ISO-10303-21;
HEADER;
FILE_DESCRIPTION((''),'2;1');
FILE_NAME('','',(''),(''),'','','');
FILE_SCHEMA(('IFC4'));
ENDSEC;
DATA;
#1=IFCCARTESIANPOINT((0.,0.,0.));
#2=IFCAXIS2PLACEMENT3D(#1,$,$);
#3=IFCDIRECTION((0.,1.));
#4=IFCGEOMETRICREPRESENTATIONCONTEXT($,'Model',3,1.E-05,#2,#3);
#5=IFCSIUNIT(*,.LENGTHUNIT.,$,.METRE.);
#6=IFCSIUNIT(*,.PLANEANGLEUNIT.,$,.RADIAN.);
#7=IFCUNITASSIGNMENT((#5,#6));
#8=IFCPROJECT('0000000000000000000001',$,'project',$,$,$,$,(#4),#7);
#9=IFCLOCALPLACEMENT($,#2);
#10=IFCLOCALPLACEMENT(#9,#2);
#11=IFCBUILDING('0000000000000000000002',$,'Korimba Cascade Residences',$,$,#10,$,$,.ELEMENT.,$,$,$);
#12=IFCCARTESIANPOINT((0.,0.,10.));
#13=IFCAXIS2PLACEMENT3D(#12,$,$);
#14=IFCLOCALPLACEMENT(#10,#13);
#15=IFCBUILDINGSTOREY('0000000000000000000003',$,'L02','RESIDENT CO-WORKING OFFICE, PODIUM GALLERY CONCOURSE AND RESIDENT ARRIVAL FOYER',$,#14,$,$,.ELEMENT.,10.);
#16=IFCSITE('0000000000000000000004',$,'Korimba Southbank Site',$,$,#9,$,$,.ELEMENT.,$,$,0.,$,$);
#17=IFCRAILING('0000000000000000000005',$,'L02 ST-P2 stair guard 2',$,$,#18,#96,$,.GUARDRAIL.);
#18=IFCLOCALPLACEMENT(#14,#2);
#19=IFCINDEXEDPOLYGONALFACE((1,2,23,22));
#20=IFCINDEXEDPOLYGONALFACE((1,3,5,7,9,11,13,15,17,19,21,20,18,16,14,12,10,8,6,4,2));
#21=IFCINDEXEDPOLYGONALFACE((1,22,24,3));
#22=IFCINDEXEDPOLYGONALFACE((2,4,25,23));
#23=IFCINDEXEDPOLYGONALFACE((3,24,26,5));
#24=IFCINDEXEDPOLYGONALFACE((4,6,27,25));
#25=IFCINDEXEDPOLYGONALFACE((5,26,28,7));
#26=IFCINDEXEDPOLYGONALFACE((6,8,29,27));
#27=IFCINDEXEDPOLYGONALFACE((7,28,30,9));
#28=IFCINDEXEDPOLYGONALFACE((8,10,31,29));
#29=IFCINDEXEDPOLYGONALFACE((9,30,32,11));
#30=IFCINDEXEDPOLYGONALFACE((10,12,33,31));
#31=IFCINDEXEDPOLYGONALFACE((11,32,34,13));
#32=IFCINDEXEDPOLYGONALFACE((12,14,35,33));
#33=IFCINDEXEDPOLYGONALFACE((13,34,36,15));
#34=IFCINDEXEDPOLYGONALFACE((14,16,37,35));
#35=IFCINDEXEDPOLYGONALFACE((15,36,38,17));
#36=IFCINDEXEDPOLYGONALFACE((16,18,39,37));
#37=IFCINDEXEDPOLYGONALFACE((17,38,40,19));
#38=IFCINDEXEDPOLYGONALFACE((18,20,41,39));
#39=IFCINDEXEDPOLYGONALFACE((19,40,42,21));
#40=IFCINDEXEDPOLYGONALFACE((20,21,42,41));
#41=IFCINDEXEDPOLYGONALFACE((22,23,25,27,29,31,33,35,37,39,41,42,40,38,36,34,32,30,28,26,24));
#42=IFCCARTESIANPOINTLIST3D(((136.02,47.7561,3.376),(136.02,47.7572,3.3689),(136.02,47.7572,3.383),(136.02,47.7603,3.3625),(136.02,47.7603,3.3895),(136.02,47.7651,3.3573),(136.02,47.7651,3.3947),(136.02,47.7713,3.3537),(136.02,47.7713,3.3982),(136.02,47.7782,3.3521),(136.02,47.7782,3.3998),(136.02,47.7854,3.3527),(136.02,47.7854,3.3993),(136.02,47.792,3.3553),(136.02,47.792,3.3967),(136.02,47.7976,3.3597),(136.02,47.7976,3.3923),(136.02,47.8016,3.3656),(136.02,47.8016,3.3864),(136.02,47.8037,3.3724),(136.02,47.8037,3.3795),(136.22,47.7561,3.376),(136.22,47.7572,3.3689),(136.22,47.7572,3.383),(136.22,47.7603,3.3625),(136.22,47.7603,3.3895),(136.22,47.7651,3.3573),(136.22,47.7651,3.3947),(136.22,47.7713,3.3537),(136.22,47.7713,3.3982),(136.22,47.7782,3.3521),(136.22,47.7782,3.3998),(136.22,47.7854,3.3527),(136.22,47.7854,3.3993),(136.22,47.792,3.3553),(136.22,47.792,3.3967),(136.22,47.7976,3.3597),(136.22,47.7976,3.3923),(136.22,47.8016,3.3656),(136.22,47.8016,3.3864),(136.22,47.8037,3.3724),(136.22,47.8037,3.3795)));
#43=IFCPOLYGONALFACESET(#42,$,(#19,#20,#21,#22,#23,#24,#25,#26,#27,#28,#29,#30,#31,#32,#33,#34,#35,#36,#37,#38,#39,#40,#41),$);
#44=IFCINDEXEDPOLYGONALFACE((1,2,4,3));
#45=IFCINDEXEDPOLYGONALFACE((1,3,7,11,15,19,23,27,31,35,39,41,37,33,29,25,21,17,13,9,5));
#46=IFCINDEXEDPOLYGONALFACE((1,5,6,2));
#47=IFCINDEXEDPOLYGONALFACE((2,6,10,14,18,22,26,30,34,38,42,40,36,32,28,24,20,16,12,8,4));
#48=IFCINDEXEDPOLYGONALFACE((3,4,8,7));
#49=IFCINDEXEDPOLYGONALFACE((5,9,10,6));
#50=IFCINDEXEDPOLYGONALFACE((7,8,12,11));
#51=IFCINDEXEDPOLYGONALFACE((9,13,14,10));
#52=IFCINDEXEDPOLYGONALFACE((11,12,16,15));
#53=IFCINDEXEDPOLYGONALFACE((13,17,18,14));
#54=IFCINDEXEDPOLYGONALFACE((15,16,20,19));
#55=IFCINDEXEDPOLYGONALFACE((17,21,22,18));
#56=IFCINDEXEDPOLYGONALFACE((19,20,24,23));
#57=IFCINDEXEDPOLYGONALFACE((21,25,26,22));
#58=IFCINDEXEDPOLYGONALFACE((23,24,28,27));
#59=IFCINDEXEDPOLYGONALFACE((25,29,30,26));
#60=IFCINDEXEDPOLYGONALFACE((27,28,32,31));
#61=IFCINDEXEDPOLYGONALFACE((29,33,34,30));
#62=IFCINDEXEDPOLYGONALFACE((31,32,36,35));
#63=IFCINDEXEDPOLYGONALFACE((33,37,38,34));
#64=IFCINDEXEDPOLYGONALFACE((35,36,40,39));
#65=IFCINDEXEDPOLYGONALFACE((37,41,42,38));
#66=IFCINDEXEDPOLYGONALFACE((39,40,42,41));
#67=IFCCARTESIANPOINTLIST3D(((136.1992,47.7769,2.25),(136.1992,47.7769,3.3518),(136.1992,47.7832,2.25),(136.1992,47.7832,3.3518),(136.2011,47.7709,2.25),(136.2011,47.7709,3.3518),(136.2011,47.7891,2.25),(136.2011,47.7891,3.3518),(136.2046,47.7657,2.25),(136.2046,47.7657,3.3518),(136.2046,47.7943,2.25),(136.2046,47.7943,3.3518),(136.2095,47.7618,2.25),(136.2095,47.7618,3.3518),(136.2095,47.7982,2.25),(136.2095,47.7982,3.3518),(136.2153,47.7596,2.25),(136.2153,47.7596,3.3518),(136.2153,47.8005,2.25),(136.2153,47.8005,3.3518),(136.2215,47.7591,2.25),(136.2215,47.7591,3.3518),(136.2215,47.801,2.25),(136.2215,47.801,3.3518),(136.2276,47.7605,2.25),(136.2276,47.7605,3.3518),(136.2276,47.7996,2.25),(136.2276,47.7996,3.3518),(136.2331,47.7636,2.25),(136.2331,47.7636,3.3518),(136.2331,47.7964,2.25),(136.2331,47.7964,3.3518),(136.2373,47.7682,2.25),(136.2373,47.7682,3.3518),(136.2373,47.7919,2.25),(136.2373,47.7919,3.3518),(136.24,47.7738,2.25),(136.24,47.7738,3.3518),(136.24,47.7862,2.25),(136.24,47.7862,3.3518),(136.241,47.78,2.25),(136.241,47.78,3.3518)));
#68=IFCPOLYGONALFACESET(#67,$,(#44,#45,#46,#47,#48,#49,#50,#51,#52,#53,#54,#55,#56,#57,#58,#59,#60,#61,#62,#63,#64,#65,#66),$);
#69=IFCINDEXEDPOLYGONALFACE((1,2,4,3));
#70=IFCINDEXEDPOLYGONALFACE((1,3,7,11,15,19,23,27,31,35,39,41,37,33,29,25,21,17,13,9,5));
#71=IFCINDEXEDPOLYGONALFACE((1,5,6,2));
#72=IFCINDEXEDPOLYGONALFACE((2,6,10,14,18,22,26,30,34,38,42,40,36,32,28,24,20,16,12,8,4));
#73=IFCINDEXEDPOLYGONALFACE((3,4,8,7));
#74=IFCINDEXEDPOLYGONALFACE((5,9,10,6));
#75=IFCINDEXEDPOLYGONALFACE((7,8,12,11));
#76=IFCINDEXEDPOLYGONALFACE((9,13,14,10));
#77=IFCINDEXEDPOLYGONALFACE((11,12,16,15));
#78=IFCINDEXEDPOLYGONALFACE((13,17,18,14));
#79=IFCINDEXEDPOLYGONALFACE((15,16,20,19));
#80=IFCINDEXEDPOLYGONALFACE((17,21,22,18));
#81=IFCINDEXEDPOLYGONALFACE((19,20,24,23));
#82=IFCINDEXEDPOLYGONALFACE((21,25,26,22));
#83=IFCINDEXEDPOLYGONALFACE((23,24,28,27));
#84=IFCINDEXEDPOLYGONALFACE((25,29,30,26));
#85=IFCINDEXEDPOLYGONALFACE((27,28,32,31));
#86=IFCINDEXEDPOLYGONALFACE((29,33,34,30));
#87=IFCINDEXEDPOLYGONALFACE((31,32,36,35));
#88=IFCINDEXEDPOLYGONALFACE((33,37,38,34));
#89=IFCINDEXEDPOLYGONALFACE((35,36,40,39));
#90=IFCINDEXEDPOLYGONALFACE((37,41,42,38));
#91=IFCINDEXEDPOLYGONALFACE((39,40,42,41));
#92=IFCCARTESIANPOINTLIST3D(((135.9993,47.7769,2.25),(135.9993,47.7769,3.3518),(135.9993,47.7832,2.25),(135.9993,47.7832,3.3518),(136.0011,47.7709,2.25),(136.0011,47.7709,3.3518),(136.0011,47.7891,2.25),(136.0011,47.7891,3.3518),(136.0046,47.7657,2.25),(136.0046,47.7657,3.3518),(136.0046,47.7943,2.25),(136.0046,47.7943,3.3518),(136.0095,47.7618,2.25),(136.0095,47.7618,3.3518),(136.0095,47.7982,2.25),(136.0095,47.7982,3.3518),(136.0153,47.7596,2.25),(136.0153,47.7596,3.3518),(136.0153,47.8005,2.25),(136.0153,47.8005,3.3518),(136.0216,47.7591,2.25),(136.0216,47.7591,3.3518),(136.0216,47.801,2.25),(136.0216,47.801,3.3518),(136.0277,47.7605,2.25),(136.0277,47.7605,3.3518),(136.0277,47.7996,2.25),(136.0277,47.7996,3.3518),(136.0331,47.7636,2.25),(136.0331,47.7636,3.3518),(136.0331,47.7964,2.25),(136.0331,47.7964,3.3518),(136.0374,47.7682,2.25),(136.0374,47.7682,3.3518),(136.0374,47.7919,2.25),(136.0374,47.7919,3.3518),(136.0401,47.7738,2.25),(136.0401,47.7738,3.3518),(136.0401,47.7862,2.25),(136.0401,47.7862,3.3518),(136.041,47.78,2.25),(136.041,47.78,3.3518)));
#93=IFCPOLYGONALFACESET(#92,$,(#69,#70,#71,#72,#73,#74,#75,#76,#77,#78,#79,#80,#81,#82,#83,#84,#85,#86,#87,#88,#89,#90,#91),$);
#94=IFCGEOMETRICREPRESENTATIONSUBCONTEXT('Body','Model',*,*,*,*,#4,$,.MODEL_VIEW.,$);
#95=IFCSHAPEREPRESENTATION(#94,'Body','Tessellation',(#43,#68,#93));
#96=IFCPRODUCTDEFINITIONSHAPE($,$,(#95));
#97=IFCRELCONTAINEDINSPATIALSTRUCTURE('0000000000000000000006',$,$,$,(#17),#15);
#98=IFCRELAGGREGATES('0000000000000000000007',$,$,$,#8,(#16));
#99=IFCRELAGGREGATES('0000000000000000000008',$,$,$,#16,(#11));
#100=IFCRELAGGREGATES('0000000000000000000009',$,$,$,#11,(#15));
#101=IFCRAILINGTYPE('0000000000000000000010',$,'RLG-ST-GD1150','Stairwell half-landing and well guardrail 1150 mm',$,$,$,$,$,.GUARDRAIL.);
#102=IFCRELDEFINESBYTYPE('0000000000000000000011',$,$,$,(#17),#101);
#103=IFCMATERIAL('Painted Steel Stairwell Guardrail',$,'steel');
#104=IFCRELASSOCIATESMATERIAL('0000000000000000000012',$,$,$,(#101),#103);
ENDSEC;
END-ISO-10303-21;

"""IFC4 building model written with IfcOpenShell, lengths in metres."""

from ifc_helpers import new_model, si_unit, direction, frame, origin, origin_2d, place, context, subcontext, project, spatial, circle, extrude, material, type_object, element, save


model = new_model("IFC4")

# Units and contexts
model_context = context("Model", 3, precision=1e-05, world=origin(), true_north=direction((0.0, 1.0)))
body_context = subcontext(model_context, "Body", "Model", "MODEL_VIEW")
ifc_project = project(units=[si_unit("LENGTHUNIT", "METRE"), si_unit("PLANEANGLEUNIT", "RADIAN")], contexts=[model_context])

# Site, building, storey
site_placement = place(None, origin())
site = spatial("IfcSite", under=ifc_project, at=site_placement, Name="Korimba Southbank Site", CompositionType="ELEMENT", RefElevation=0.0)
building_placement = place(site_placement, origin())
building = spatial("IfcBuilding", under=site, at=building_placement, Name="Korimba Cascade Residences", CompositionType="ELEMENT")
storey_placement = place(building_placement, frame((0.0, 0.0, 10.0)))
storey = spatial("IfcBuildingStorey", under=building, at=storey_placement, Name="L02", Description="RESIDENT CO-WORKING OFFICE, PODIUM GALLERY CONCOURSE AND RESIDENT ARRIVAL FOYER", CompositionType="ELEMENT", Elevation=10.0)

# Railing
ifc_material_1 = material(Name="Painted Steel Stairwell Guardrail", Category="steel")
railing_type_1 = type_object("IfcRailingType", Name="RLG-ST-GD1150", Description="Stairwell half-landing and well guardrail 1150 mm", PredefinedType="GUARDRAIL", material=ifc_material_1)
railing_1_placement = place(storey_placement, frame((136.22, 47.78, 2.25)))
element("IfcRailing", 1, at=railing_1_placement, inside=storey, type_object=railing_type_1, Name="L02 ST-P2 stair guard 2", PredefinedType="GUARDRAIL", context=body_context, shape_type="SweptSolid", body=[
    extrude(circle(Radius=0.0239, at=origin_2d()), frame((0.0, 0.0, 1.126), z_axis=(-1.0, 0.0, 0.0), x_axis=(0.0, -1.0, 0.0)), (0.0, 0.0, 1.0), 0.2),
    extrude(circle(Radius=0.021, at=origin_2d()), origin(), (0.0, 0.0, 1.0), 1.1018),
    extrude(circle(Radius=0.021, at=origin_2d()), frame((-0.2, 0.0, 0.0)), (0.0, 0.0, 1.0), 1.1018),
])

save(model, "model.ifc")
